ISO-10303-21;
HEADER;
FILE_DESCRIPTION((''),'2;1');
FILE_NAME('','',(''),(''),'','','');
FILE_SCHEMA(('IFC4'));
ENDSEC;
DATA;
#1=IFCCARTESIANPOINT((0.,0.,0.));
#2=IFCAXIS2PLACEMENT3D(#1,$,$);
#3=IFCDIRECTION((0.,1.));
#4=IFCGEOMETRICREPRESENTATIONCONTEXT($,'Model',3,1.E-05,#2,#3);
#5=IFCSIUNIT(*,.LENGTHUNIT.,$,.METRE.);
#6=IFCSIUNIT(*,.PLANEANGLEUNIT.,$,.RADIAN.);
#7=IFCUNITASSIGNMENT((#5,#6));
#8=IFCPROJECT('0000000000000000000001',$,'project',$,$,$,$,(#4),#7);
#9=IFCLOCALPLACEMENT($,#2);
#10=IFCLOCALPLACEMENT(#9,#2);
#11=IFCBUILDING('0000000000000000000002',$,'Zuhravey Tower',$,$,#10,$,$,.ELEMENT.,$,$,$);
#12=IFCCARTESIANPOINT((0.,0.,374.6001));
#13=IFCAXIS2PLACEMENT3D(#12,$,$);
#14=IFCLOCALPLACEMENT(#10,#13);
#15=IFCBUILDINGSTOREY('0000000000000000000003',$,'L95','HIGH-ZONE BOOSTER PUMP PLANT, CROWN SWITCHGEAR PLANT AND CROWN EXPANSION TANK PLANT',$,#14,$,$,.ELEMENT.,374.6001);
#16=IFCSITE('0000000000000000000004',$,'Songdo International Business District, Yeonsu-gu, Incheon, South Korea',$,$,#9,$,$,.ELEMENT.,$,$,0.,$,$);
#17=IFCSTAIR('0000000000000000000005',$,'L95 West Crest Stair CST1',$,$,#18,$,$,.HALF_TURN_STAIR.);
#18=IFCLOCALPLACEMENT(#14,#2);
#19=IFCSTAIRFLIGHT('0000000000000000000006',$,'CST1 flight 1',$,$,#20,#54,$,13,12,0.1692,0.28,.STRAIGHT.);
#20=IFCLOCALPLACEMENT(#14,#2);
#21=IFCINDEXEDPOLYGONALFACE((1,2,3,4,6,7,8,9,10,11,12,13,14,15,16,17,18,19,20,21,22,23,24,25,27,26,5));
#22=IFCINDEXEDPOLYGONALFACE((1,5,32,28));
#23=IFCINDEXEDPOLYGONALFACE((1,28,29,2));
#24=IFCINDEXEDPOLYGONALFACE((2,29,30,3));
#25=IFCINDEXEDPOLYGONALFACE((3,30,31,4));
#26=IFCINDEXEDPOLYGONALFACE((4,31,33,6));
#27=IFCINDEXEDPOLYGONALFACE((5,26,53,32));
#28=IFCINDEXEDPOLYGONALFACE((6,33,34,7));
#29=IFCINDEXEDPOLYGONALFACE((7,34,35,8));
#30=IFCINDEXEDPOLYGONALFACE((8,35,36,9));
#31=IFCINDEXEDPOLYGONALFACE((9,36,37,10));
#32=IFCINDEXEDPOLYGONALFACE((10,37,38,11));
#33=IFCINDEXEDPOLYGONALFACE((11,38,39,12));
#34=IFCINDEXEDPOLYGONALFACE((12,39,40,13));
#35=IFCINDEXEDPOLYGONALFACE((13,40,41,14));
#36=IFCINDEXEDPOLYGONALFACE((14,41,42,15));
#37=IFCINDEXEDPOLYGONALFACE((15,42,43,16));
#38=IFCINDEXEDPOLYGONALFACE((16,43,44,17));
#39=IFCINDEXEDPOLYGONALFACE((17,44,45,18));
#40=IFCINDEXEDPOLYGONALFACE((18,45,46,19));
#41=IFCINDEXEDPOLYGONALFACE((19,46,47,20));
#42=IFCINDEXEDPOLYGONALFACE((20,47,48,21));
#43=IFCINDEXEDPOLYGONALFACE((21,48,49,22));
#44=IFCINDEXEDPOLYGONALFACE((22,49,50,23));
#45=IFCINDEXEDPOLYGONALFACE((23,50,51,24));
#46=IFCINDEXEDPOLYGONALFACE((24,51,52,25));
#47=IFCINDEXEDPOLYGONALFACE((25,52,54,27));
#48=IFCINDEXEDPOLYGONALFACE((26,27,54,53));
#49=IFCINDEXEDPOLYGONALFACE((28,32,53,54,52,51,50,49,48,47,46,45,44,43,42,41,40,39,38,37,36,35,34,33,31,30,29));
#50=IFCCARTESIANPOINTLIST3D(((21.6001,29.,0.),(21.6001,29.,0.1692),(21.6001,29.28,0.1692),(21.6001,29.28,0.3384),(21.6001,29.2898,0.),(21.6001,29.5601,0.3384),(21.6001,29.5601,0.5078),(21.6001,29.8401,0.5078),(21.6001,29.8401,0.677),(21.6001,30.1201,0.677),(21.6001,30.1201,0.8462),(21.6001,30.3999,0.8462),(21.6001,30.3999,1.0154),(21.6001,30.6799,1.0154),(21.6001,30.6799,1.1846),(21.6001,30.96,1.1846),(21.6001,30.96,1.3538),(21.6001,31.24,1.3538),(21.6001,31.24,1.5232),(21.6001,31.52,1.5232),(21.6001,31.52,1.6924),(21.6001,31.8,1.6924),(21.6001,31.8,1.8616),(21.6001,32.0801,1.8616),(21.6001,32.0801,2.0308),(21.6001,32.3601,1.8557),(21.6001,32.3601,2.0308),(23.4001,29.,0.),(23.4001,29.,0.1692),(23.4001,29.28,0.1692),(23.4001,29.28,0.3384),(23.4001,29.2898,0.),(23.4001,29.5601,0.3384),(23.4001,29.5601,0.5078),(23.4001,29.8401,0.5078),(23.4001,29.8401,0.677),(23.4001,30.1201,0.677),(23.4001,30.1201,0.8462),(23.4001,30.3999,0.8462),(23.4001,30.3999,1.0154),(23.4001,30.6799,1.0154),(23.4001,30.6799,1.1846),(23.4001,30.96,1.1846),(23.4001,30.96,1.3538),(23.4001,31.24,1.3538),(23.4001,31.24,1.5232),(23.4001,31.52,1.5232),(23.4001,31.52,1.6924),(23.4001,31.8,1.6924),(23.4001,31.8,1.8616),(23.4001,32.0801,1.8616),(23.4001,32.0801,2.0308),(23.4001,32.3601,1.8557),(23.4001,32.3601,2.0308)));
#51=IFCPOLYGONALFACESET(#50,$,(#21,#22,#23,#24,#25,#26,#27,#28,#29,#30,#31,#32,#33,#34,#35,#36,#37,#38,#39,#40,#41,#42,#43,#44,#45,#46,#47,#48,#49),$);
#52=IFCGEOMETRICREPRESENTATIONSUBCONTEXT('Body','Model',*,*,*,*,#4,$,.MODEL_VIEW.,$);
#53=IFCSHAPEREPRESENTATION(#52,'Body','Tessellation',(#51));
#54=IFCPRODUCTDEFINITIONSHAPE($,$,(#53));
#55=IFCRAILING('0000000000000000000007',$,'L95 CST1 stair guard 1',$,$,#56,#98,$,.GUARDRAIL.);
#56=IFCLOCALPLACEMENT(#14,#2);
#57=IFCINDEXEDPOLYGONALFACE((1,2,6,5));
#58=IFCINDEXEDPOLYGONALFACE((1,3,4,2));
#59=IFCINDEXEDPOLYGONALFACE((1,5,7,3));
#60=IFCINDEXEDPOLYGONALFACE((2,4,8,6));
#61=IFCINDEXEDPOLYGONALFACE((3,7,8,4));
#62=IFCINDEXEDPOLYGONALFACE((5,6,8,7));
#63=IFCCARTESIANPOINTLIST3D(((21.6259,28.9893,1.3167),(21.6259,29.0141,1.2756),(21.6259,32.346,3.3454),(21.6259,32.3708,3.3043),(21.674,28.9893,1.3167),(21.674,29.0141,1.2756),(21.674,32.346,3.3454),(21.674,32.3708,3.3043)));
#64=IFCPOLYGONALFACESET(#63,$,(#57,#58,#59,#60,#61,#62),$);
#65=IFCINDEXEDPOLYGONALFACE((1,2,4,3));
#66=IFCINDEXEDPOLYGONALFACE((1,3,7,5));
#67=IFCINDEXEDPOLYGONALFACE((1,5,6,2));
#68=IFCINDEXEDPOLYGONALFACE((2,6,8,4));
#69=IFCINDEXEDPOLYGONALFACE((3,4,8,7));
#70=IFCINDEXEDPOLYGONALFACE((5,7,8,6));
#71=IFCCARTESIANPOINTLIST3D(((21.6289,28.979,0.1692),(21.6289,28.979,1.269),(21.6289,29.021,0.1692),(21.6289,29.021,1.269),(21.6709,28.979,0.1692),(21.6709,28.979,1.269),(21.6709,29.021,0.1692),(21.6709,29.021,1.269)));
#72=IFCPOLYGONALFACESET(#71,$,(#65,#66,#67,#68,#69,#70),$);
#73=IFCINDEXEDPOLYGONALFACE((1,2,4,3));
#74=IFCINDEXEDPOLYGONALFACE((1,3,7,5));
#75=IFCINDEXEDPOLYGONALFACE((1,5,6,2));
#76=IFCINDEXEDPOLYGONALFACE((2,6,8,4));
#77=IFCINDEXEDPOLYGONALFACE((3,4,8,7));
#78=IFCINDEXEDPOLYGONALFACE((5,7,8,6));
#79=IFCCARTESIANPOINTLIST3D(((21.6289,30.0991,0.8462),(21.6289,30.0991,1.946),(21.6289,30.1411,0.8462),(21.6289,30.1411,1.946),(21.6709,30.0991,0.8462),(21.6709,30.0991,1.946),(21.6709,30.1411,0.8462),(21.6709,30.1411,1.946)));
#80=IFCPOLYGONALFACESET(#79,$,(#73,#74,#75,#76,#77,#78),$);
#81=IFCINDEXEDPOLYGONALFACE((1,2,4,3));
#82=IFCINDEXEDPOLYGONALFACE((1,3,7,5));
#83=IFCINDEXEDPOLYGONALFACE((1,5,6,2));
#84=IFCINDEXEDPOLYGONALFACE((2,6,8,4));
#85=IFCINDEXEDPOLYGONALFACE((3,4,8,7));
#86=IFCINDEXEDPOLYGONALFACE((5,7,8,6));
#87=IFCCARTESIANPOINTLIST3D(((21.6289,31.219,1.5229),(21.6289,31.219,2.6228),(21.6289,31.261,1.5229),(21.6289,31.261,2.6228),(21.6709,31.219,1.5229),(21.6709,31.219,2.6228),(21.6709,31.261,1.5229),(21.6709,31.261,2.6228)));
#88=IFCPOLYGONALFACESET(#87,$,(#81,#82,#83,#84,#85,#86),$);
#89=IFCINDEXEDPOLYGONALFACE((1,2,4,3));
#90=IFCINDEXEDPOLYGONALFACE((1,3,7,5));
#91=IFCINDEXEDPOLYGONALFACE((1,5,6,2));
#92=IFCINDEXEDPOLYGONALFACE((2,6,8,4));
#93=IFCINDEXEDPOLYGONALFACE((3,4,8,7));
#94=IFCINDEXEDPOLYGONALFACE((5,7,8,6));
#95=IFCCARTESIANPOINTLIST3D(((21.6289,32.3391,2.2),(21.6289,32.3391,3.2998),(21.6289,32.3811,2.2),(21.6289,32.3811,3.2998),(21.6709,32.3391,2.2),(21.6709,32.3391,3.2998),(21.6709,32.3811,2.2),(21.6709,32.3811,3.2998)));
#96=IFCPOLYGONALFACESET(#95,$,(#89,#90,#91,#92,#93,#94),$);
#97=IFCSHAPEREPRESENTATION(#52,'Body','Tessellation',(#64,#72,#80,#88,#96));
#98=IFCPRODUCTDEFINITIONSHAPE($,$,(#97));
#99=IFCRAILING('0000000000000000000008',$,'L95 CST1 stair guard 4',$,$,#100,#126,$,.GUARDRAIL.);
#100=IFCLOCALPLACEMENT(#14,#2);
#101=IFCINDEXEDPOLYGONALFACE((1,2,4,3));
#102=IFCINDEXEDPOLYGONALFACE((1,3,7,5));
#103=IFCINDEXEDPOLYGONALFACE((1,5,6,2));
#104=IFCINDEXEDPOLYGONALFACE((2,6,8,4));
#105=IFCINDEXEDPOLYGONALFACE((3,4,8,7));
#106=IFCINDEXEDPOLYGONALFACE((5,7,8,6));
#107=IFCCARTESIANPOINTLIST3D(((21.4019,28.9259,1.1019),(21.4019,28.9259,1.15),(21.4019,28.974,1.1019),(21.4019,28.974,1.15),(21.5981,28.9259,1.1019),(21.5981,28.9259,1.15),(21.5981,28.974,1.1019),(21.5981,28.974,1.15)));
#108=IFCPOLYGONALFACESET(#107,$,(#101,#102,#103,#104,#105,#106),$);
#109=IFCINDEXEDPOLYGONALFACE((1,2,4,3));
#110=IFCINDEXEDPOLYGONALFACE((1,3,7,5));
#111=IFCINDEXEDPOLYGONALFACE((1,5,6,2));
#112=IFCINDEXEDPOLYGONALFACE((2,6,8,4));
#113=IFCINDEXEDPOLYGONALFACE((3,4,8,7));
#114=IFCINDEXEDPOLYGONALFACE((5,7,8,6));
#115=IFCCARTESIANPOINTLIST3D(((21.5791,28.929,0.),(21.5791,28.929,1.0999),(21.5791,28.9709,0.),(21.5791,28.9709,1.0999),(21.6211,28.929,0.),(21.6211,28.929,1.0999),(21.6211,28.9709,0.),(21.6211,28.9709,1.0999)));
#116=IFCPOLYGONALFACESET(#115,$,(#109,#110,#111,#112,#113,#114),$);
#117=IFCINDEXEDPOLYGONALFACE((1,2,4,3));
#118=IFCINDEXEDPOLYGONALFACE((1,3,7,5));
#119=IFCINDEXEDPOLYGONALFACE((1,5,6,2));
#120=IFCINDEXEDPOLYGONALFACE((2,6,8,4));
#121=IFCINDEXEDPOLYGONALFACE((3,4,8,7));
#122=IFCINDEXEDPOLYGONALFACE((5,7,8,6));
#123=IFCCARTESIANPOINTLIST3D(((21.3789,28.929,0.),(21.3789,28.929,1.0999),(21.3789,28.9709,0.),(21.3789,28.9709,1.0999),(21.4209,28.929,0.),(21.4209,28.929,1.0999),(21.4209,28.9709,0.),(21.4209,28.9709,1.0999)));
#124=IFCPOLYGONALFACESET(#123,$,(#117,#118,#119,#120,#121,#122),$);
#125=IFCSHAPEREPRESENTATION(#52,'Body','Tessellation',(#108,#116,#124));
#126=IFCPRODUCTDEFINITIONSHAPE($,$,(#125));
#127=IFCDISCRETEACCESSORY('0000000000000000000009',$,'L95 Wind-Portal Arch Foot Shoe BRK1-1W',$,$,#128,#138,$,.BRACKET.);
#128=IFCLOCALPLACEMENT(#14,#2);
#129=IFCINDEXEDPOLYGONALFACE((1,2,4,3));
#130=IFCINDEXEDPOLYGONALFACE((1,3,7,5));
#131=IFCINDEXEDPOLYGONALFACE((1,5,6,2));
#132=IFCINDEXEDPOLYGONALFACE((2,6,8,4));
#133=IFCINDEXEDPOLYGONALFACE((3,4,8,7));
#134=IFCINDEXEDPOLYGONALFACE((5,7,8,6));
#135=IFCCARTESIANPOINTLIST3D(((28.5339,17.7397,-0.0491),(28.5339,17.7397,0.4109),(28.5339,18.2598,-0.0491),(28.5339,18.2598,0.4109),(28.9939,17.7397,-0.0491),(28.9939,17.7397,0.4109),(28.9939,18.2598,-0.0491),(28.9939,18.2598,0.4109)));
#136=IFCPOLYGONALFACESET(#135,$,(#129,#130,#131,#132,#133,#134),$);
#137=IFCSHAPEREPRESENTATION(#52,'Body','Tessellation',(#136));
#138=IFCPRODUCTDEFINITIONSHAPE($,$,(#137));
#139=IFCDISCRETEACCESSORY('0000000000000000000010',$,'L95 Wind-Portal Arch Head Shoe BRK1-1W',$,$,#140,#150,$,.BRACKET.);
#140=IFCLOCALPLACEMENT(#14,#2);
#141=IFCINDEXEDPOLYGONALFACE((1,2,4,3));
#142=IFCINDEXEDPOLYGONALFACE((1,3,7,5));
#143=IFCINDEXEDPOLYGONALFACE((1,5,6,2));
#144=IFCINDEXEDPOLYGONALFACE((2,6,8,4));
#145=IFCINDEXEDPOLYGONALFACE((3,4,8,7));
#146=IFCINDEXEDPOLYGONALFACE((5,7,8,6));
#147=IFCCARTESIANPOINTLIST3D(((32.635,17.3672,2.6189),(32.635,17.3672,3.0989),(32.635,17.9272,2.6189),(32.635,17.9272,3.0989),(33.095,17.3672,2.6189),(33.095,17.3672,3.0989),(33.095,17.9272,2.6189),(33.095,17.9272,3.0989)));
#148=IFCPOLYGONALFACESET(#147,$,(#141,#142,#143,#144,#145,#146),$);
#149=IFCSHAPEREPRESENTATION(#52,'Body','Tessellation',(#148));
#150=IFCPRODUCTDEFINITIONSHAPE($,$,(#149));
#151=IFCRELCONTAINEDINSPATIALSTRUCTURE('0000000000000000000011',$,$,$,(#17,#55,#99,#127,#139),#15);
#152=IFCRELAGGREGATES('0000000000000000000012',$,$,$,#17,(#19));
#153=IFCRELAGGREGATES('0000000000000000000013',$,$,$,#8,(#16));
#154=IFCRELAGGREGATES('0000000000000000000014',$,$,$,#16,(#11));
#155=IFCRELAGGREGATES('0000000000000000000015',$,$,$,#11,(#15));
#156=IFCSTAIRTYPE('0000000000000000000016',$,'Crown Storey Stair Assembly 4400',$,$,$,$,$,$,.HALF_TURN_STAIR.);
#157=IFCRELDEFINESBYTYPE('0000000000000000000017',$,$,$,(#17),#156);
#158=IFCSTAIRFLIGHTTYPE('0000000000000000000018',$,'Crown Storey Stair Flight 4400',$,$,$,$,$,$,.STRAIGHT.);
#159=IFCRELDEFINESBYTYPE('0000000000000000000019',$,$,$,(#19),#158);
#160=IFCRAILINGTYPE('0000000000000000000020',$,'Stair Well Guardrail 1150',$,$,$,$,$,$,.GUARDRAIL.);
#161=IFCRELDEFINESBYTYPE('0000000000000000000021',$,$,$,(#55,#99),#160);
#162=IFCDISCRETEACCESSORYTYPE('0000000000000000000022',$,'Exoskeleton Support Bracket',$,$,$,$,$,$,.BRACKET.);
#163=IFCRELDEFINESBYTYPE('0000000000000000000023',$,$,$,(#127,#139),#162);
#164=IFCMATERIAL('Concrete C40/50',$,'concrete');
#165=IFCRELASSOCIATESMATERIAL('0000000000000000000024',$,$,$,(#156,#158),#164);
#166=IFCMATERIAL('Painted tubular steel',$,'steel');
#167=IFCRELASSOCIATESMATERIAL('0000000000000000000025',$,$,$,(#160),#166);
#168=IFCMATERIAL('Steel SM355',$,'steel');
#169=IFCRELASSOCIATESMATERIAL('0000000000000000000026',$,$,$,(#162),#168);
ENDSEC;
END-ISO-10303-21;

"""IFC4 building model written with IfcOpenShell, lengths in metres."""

from ifc_helpers import new_model, si_unit, direction, frame, origin, origin_2d, place, context, subcontext, project, spatial, polyline, rectangle, outline, extrude, material, type_object, element, aggregate, save


model = new_model("IFC4")

# Units and contexts
model_context = context("Model", 3, precision=1e-05, world=origin(), true_north=direction((0.0, 1.0)))
body_context = subcontext(model_context, "Body", "Model", "MODEL_VIEW")
ifc_project = project(units=[si_unit("LENGTHUNIT", "METRE"), si_unit("PLANEANGLEUNIT", "RADIAN")], contexts=[model_context])

# Site, building, storey
site_placement = place(None, origin())
site = spatial("IfcSite", under=ifc_project, at=site_placement, Name="Songdo International Business District, Yeonsu-gu, Incheon, South Korea", CompositionType="ELEMENT", RefElevation=0.0)
building_placement = place(site_placement, origin())
building = spatial("IfcBuilding", under=site, at=building_placement, Name="Zuhravey Tower", CompositionType="ELEMENT")
storey_placement = place(building_placement, frame((0.0, 0.0, 374.6001)))
storey = spatial("IfcBuildingStorey", under=building, at=storey_placement, Name="L95", Description="HIGH-ZONE BOOSTER PUMP PLANT, CROWN SWITCHGEAR PLANT AND CROWN EXPANSION TANK PLANT", CompositionType="ELEMENT", Elevation=374.6001)

# Shared definitions
ifc_material_1 = material(Name="Steel SM355", Category="steel")

# Stair, stair flight
ifc_material_2 = material(Name="Concrete C40/50", Category="concrete")
stair_type = type_object("IfcStairType", Name="Crown Storey Stair Assembly 4400", PredefinedType="HALF_TURN_STAIR", material=ifc_material_2)
stair_placement = place(storey_placement, origin())
stair = element("IfcStair", 1, at=stair_placement, inside=storey, type_object=stair_type, Name="L95 West Crest Stair CST1", PredefinedType="HALF_TURN_STAIR")
stair_flight_type = type_object("IfcStairFlightType", Name="Crown Storey Stair Flight 4400", PredefinedType="STRAIGHT", material=ifc_material_2)
stair_flight_placement = place(storey_placement, frame((22.5, 29.0, 0.0), z_axis=(0.0, 0.0, 1.0), x_axis=(0.0, 1.0, 0.0)))
stair_flight = element("IfcStairFlight", 2, at=stair_flight_placement, type_object=stair_flight_type, Name="CST1 flight 1", NumberOfRisers=13, NumberOfTreads=12, PredefinedType="STRAIGHT", RiserHeight=0.1692, TreadLength=0.28, context=body_context, shape_type="SweptSolid", body=[
    extrude(outline(polyline([(0.0, 0.0), (0.0, 0.1692), (0.28, 0.1692), (0.28, 0.3384), (0.5601, 0.3384), (0.5601, 0.5078), (0.8401, 0.5078), (0.8401, 0.677), (1.1201, 0.677), (1.1201, 0.8462), (1.3999, 0.8462), (1.3999, 1.0154), (1.6799, 1.0154), (1.6799, 1.1846), (1.96, 1.1846), (1.96, 1.3538), (2.24, 1.3538), (2.24, 1.5232), (2.52, 1.5232), (2.52, 1.6924), (2.8, 1.6924), (2.8, 1.8616), (3.0801, 1.8616), (3.0801, 2.0308), (3.3601, 2.0308), (3.3601, 2.2), (3.3601, 1.8557), (0.2898, 0.0), (0.0, 0.0)])), frame((0.0, 0.8999, 0.0), z_axis=(0.0, -1.0, 0.0), x_axis=(1.0, 0.0, 0.0)), (0.0, 0.0, 1.0), 1.8),
])
aggregate(stair, [stair_flight])

# Railings
ifc_material_3 = material(Name="Painted tubular steel", Category="steel")
railing_type = type_object("IfcRailingType", Name="Stair Well Guardrail 1150", PredefinedType="GUARDRAIL", material=ifc_material_3)
railing_1_placement = place(storey_placement, frame((21.6499, 29.0, 0.1692)))
element("IfcRailing", 3, at=railing_1_placement, inside=storey, type_object=railing_type, Name="L95 CST1 stair guard 1", PredefinedType="GUARDRAIL", context=body_context, shape_type="SweptSolid", body=[
    extrude(rectangle(XDim=0.0481, YDim=0.0481, at=origin_2d()), frame((0.0, 0.0017, 1.127), z_axis=(0.0, 0.855837, 0.517246), x_axis=(-1.0, 0.0, 0.0)), (0.0, 0.0, 1.0), 3.9221),
    extrude(rectangle(XDim=0.042, YDim=0.042, at=origin_2d()), origin(), (0.0, 0.0, 1.0), 1.0999),
    extrude(rectangle(XDim=0.042, YDim=0.042, at=origin_2d()), frame((0.0, 1.1201, 0.677)), (0.0, 0.0, 1.0), 1.0999),
    extrude(rectangle(XDim=0.042, YDim=0.042, at=origin_2d()), frame((0.0, 2.24, 1.3538)), (0.0, 0.0, 1.0), 1.0999),
    extrude(rectangle(XDim=0.042, YDim=0.042, at=origin_2d()), frame((0.0, 3.3601, 2.0308)), (0.0, 0.0, 1.0), 1.0999),
])
railing_2_placement = place(storey_placement, frame((21.6001, 28.95, 0.0)))
element("IfcRailing", 4, at=railing_2_placement, inside=storey, type_object=railing_type, Name="L95 CST1 stair guard 4", PredefinedType="GUARDRAIL", context=body_context, shape_type="SweptSolid", body=[
    extrude(rectangle(XDim=0.0481, YDim=0.0481, at=origin_2d()), frame((-0.002, 0.0, 1.126), z_axis=(-1.0, 0.0, 0.0), x_axis=(0.0, -1.0, 0.0)), (0.0, 0.0, 1.0), 0.1963),
    extrude(rectangle(XDim=0.042, YDim=0.042, at=origin_2d()), origin(), (0.0, 0.0, 1.0), 1.0999),
    extrude(rectangle(XDim=0.042, YDim=0.042, at=origin_2d()), frame((-0.2002, 0.0, 0.0)), (0.0, 0.0, 1.0), 1.0999),
])

# Discrete accessories
discrete_accessory_type = type_object("IfcDiscreteAccessoryType", Name="Exoskeleton Support Bracket", PredefinedType="BRACKET", material=ifc_material_1)
discrete_accessory_1_placement = place(storey_placement, frame((28.7639, 17.9998, -0.0491), z_axis=(0.0, 0.0, 1.0), x_axis=(1.0, 0.0, 0.0)))
element("IfcDiscreteAccessory", 5, at=discrete_accessory_1_placement, inside=storey, type_object=discrete_accessory_type, Name="L95 Wind-Portal Arch Foot Shoe BRK1-1W", PredefinedType="BRACKET", context=body_context, shape_type="SweptSolid", body=[
    extrude(rectangle(XDim=0.46, YDim=0.52, at=origin_2d()), origin(), (0.0, 0.0, 1.0), 0.46),
])
discrete_accessory_2_placement = place(storey_placement, frame((32.865, 17.6472, 2.6189), z_axis=(0.0, 0.0, 1.0), x_axis=(1.0, 0.0, 0.0)))
element("IfcDiscreteAccessory", 6, at=discrete_accessory_2_placement, inside=storey, type_object=discrete_accessory_type, Name="L95 Wind-Portal Arch Head Shoe BRK1-1W", PredefinedType="BRACKET", context=body_context, shape_type="SweptSolid", body=[
    extrude(rectangle(XDim=0.46, YDim=0.5601, at=origin_2d()), origin(), (0.0, 0.0, 1.0), 0.48),
])

save(model, "model.ifc")
